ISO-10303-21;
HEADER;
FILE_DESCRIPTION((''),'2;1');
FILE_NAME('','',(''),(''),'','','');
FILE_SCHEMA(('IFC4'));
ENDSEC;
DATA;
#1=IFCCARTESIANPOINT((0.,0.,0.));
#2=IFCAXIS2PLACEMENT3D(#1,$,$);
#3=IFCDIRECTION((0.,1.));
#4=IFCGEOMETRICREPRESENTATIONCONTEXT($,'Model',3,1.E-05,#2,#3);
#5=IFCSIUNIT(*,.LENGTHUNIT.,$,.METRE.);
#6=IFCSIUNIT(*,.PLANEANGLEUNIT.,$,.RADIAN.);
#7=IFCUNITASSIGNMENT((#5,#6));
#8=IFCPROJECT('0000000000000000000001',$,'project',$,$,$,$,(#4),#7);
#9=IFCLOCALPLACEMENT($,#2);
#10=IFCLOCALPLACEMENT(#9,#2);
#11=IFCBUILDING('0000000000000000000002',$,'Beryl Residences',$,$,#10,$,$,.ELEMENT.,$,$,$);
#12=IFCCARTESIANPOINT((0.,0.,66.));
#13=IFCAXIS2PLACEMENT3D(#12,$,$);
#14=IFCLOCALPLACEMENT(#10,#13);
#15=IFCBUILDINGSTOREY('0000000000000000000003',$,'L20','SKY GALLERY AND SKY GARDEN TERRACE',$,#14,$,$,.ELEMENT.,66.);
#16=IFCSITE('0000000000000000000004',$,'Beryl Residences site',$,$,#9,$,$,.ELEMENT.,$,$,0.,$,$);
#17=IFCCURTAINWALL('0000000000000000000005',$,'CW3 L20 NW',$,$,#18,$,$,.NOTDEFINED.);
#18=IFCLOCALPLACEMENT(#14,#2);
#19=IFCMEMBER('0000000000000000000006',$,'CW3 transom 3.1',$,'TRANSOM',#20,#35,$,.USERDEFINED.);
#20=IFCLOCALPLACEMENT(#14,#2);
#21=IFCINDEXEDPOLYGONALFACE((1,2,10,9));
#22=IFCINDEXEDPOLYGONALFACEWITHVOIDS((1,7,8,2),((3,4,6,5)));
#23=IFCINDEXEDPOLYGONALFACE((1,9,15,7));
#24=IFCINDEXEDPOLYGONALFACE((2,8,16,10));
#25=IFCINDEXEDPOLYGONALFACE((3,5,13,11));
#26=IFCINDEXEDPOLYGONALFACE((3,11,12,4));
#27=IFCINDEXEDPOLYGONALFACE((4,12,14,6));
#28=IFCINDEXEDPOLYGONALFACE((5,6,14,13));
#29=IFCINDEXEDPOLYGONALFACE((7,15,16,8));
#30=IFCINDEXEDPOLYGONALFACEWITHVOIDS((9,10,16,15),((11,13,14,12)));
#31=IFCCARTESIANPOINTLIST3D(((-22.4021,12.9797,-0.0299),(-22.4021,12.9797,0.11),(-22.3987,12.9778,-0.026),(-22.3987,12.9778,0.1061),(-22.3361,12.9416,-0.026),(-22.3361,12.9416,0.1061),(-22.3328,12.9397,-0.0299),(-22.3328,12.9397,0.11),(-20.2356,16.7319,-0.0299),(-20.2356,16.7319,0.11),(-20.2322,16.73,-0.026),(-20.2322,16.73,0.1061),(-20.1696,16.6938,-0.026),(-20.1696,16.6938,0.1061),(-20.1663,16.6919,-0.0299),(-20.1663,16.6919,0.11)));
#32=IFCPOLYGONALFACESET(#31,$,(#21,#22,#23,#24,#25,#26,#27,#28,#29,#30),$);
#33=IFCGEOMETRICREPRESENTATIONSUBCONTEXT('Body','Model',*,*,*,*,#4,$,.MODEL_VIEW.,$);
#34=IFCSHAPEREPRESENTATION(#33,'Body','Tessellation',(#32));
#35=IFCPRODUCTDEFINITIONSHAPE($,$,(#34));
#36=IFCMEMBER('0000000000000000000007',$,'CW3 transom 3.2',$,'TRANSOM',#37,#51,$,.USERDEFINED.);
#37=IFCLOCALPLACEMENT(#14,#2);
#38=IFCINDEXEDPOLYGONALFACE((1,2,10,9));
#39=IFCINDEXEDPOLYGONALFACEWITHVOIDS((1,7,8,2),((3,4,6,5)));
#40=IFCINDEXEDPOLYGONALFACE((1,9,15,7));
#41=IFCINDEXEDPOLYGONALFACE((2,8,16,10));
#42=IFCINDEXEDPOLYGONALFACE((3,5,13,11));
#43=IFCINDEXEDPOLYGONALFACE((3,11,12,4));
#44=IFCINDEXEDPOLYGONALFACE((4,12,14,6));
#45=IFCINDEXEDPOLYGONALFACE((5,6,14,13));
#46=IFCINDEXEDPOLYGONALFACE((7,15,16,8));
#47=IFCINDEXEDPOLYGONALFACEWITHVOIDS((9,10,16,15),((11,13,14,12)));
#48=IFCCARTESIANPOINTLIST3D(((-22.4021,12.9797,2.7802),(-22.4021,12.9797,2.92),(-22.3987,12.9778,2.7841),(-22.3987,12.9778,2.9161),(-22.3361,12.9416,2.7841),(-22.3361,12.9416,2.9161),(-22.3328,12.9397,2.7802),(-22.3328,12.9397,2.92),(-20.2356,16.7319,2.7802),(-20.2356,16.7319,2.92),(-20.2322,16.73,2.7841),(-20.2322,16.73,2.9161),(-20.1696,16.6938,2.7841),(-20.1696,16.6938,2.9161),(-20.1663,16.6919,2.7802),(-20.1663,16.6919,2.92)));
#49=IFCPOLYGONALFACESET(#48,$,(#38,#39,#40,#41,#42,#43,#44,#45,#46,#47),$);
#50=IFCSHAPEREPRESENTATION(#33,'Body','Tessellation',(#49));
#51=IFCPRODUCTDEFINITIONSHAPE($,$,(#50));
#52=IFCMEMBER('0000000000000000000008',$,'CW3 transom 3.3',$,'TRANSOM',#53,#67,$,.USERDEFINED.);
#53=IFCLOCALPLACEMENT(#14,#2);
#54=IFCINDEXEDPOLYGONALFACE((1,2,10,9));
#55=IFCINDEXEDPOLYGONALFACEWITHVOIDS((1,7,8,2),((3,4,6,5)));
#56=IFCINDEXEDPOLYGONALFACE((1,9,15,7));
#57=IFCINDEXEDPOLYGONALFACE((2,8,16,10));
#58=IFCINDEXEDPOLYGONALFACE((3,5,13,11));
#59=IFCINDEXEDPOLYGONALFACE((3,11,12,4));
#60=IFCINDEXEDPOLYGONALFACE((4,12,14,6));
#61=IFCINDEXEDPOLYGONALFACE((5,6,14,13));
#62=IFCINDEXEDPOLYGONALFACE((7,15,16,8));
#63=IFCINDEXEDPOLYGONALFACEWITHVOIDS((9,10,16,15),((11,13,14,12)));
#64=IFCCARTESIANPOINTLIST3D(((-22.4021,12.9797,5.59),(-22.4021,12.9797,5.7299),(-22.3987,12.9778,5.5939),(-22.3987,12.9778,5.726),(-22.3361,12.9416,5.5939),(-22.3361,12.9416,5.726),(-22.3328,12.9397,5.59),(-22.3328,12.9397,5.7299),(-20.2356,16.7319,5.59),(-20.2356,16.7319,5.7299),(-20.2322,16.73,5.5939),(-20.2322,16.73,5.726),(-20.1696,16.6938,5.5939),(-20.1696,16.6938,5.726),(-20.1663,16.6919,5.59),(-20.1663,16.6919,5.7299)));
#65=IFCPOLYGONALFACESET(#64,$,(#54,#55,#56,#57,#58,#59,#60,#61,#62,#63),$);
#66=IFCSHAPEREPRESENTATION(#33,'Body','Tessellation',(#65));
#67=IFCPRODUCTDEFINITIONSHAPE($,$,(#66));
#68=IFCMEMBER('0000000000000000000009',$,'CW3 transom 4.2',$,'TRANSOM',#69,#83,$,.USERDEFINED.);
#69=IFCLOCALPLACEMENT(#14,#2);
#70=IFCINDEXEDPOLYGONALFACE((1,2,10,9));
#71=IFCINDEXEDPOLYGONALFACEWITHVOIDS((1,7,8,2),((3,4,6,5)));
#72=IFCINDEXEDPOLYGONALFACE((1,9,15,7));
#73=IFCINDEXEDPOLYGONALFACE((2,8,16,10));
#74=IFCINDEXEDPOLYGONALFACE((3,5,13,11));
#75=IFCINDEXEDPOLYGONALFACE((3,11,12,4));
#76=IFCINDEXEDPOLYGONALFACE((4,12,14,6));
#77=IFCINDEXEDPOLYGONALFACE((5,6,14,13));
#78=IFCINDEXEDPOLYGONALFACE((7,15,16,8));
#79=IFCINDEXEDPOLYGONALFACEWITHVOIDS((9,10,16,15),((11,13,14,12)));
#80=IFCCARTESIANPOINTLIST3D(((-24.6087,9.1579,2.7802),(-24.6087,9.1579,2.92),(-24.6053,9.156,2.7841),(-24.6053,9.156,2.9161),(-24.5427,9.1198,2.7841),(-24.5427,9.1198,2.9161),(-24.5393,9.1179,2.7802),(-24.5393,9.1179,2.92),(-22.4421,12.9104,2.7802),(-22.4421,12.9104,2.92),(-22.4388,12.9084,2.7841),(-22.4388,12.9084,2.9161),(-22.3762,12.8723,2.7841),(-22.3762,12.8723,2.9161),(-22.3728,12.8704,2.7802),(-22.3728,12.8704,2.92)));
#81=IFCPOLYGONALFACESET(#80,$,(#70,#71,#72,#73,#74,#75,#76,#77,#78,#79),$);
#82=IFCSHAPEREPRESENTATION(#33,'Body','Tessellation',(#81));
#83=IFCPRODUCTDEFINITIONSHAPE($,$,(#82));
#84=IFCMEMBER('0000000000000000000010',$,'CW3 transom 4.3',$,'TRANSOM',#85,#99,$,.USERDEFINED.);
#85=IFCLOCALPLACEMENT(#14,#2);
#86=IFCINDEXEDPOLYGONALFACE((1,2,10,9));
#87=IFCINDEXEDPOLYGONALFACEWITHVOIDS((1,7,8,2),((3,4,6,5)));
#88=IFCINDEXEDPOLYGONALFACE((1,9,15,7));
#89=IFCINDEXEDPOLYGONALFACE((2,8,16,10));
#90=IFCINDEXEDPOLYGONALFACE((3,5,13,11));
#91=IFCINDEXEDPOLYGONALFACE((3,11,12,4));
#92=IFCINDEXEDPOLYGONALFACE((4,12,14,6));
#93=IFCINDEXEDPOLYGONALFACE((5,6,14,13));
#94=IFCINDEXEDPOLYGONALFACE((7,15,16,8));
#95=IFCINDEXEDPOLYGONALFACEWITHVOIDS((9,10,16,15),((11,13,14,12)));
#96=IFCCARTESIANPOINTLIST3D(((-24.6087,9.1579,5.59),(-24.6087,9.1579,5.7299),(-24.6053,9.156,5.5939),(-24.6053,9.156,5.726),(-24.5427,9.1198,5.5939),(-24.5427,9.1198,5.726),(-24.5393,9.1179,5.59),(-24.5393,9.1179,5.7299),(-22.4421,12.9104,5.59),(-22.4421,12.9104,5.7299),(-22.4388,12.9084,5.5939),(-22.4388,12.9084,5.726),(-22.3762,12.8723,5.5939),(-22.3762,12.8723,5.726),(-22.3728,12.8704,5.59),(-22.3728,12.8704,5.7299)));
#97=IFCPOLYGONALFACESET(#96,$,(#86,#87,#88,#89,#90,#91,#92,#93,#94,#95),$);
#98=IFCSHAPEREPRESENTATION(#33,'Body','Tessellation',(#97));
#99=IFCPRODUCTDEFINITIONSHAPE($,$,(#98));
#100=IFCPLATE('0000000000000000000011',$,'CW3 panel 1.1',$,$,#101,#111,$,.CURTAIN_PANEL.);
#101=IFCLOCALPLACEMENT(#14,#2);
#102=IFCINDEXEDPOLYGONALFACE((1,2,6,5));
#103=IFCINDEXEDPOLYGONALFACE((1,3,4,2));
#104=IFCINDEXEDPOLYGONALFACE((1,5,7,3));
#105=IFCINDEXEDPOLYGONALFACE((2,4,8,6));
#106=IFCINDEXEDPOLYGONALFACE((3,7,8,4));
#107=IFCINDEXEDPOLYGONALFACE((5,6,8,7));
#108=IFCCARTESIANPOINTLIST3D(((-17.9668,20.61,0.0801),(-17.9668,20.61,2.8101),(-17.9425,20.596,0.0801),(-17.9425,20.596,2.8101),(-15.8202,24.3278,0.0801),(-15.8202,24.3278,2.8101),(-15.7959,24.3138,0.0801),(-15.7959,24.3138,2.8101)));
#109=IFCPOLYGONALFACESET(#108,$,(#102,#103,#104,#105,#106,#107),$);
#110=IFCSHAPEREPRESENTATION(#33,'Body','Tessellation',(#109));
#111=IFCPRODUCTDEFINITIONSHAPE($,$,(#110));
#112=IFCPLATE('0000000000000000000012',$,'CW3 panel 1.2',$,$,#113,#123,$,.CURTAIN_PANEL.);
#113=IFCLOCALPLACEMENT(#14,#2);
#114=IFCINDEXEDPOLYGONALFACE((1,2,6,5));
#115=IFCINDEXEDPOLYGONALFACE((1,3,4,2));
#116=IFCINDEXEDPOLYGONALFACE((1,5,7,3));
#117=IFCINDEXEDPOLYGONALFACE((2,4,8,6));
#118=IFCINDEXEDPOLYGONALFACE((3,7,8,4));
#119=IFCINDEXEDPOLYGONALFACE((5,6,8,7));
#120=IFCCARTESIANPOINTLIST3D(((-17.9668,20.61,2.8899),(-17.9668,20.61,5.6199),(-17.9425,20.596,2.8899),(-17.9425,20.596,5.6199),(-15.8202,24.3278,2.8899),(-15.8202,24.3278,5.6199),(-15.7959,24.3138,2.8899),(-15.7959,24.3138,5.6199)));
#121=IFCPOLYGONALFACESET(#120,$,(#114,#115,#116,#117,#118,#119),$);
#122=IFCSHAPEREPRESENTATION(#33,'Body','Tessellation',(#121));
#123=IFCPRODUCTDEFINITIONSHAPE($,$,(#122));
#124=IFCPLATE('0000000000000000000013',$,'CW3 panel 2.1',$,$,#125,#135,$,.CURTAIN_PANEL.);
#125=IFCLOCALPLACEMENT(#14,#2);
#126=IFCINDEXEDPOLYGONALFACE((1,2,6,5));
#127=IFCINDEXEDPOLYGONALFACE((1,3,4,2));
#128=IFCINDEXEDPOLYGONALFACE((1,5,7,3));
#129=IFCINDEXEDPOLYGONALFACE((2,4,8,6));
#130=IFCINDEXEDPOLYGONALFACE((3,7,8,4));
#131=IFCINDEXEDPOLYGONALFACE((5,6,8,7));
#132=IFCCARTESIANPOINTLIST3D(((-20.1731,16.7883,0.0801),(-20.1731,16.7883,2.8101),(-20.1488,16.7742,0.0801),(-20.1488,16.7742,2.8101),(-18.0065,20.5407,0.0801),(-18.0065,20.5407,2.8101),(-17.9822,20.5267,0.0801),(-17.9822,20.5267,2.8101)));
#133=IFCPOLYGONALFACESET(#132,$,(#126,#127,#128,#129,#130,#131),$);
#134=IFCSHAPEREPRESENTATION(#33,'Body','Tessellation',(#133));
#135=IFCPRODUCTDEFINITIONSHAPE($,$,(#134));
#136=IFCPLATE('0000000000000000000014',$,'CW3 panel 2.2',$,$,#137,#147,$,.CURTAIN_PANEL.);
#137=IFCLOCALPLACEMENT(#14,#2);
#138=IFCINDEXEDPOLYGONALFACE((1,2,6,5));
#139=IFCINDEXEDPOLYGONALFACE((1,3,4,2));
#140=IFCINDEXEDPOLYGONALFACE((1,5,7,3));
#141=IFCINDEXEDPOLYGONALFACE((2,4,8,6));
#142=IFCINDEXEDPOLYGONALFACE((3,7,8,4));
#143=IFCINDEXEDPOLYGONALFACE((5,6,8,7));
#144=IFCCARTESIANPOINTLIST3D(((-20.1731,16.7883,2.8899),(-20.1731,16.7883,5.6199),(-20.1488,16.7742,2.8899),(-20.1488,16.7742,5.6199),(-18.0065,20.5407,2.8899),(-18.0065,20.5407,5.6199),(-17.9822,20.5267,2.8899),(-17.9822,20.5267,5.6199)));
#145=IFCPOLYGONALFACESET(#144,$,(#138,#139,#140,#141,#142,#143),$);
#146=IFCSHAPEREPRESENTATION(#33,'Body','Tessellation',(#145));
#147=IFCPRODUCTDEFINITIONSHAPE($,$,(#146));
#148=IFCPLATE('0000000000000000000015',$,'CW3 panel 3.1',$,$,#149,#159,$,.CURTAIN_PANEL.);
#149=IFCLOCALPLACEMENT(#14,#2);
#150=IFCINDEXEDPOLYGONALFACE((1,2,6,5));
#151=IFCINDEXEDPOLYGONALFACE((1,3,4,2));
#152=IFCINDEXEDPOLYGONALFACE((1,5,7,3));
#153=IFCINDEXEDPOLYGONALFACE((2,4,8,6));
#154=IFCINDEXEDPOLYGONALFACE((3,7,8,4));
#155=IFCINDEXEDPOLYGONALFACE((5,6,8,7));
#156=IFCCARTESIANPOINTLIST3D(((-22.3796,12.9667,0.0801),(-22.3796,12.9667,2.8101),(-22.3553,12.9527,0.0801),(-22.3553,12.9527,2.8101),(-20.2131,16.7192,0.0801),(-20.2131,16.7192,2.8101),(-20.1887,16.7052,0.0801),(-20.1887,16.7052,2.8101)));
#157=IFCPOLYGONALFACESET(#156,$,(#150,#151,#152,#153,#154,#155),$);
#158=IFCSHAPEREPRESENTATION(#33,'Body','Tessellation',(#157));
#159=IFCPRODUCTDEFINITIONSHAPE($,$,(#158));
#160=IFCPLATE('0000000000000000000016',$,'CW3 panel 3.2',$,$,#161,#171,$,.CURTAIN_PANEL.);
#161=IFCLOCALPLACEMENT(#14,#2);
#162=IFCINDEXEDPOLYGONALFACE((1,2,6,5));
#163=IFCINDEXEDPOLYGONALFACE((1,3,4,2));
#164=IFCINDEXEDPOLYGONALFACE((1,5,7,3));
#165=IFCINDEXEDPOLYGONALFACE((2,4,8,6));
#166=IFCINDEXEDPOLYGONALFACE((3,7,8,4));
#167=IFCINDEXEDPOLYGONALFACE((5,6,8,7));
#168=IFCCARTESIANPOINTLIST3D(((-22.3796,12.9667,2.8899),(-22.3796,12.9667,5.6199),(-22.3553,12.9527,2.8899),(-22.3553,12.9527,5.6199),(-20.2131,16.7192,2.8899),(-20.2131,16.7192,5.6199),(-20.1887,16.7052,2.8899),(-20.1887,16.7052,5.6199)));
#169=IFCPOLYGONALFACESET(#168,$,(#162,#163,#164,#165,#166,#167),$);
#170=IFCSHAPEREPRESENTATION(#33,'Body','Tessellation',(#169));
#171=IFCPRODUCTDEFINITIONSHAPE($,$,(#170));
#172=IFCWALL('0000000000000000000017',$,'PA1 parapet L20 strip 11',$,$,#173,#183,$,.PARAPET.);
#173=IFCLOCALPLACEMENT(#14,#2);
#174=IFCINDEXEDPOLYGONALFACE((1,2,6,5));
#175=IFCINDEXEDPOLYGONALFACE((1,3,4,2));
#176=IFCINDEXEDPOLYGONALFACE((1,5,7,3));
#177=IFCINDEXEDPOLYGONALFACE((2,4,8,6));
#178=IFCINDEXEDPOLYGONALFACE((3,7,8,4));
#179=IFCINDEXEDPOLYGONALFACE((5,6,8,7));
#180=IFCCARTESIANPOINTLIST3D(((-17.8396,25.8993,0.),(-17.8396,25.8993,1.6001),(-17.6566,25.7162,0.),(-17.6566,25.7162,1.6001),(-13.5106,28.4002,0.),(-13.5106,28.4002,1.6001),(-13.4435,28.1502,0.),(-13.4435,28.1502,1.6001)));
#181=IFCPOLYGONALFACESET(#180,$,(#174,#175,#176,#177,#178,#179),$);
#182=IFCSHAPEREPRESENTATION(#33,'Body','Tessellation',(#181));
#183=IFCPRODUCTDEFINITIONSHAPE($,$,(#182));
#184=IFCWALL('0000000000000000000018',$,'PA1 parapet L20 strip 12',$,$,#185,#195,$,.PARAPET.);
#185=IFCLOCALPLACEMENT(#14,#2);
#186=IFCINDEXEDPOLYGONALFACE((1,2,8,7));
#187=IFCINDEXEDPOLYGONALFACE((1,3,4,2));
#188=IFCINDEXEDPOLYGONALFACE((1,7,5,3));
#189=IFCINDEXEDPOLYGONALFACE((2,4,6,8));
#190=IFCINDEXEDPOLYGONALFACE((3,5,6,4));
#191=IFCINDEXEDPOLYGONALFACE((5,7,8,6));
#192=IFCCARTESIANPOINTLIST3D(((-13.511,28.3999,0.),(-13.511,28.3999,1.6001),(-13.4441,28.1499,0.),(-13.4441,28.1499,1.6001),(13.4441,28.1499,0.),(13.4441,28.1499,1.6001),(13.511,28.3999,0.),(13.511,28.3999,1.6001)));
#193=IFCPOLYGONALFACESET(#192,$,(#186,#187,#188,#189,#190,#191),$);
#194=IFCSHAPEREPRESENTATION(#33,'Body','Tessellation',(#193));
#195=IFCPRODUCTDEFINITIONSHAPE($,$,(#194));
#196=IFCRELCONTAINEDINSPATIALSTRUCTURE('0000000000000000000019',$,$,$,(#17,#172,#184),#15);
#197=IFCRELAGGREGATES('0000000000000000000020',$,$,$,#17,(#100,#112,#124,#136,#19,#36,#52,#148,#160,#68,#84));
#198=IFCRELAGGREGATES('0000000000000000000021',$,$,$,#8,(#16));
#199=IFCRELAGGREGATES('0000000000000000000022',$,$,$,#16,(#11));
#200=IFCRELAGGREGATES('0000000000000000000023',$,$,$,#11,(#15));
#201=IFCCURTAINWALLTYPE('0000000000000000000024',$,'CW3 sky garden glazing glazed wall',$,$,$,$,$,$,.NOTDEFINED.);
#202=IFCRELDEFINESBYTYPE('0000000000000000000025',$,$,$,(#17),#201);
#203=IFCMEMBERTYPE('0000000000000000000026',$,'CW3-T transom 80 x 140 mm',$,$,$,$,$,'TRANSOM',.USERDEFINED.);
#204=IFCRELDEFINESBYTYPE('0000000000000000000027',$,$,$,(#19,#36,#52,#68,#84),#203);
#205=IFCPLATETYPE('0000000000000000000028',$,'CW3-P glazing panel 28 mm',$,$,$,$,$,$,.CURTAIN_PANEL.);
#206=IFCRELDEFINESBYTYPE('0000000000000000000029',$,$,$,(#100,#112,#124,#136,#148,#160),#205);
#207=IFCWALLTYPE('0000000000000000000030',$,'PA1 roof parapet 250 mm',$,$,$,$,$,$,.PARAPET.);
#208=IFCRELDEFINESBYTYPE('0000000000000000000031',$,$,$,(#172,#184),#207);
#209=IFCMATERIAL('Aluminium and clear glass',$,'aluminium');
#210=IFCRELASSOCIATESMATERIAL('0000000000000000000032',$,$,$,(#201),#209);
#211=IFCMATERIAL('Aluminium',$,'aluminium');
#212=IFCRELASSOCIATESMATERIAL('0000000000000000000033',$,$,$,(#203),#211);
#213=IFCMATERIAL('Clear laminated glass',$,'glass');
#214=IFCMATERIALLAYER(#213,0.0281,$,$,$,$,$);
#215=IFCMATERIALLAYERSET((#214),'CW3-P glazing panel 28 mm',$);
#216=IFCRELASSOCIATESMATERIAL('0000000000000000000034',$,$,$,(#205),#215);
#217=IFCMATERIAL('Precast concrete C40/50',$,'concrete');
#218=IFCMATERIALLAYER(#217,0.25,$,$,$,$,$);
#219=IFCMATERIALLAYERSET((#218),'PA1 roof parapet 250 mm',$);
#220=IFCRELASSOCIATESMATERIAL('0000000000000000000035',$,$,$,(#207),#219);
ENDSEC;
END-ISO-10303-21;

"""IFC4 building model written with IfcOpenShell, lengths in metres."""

from ifc_helpers import new_model, si_unit, direction, frame, origin, origin_2d, place, context, subcontext, project, spatial, polyline, rectangle, hollow_rectangle, outline, extrude, material, layer, layer_set, material_profile, profile_set, type_object, element, aggregate, save


model = new_model("IFC4")

# Units and contexts
model_context = context("Model", 3, precision=1e-05, world=origin(), true_north=direction((0.0, 1.0)))
body_context = subcontext(model_context, "Body", "Model", "MODEL_VIEW")
ifc_project = project(units=[si_unit("LENGTHUNIT", "METRE"), si_unit("PLANEANGLEUNIT", "RADIAN")], contexts=[model_context])

# Site, building, storey
site_placement = place(None, origin())
site = spatial("IfcSite", under=ifc_project, at=site_placement, Name="Beryl Residences site", CompositionType="ELEMENT", RefElevation=0.0)
building_placement = place(site_placement, origin())
building = spatial("IfcBuilding", under=site, at=building_placement, Name="Beryl Residences", CompositionType="ELEMENT")
storey_placement = place(building_placement, frame((0.0, 0.0, 66.0)))
storey = spatial("IfcBuildingStorey", under=building, at=storey_placement, Name="L20", Description="SKY GALLERY AND SKY GARDEN TERRACE", CompositionType="ELEMENT", Elevation=66.0)

# Curtain wall, members, plates
ifc_material_1 = material(Name="Aluminium and clear glass", Category="aluminium")
curtain_wall_type = type_object("IfcCurtainWallType", Name="CW3 sky garden glazing glazed wall", PredefinedType="NOTDEFINED", material=ifc_material_1)
curtain_wall_placement = place(storey_placement, origin())
curtain_wall = element("IfcCurtainWall", 1, at=curtain_wall_placement, inside=storey, type_object=curtain_wall_type, Name="CW3 L20 NW", PredefinedType="NOTDEFINED")
ifc_material_2 = material(Name="Aluminium", Category="aluminium")
ifc_material_profile_1 = material_profile(ifc_material_2, hollow_rectangle(XDim=0.0801, YDim=0.1399, WallThickness=0.0039, at=origin_2d()))
ifc_profile_set_1 = profile_set([ifc_material_profile_1], Name="Aluminium")
member_type_1 = type_object("IfcMemberType", Name="CW3-T transom 80 x 140 mm", ElementType="TRANSOM", PredefinedType="USERDEFINED", material=ifc_profile_set_1)
member_1_placement = place(storey_placement, frame((-20.2009, 16.7119, 0.04), z_axis=(-0.50003, -0.866008, 0.0), x_axis=(0.866008, -0.50003, 0.0)))
member_1 = element("IfcMember", 2, at=member_1_placement, type_object=member_type_1, Name="CW3 transom 3.1", ObjectType="TRANSOM", PredefinedType="USERDEFINED", context=body_context, shape_type="SweptSolid", body=[
    extrude(hollow_rectangle(XDim=0.0801, YDim=0.1399, WallThickness=0.0039, at=origin_2d()), origin(), (0.0, 0.0, 1.0), 4.3328),
])
member_2_placement = place(storey_placement, frame((-20.2009, 16.7119, 2.8501), z_axis=(-0.50003, -0.866008, 0.0), x_axis=(0.866008, -0.50003, 0.0)))
member_2 = element("IfcMember", 3, at=member_2_placement, type_object=member_type_1, Name="CW3 transom 3.2", ObjectType="TRANSOM", PredefinedType="USERDEFINED", context=body_context, shape_type="SweptSolid", body=[
    extrude(hollow_rectangle(XDim=0.0801, YDim=0.1399, WallThickness=0.0039, at=origin_2d()), origin(), (0.0, 0.0, 1.0), 4.3328),
])
member_3_placement = place(storey_placement, frame((-20.2009, 16.7119, 5.6599), z_axis=(-0.50003, -0.866008, 0.0), x_axis=(0.866008, -0.50003, 0.0)))
member_3 = element("IfcMember", 4, at=member_3_placement, type_object=member_type_1, Name="CW3 transom 3.3", ObjectType="TRANSOM", PredefinedType="USERDEFINED", context=body_context, shape_type="SweptSolid", body=[
    extrude(hollow_rectangle(XDim=0.0801, YDim=0.1399, WallThickness=0.0039, at=origin_2d()), origin(), (0.0, 0.0, 1.0), 4.3328),
])
member_4_placement = place(storey_placement, frame((-22.4075, 12.8904, 2.8501), z_axis=(-0.500005, -0.866022, 0.0), x_axis=(0.866022, -0.500005, 0.0)))
member_4 = element("IfcMember", 5, at=member_4_placement, type_object=member_type_1, Name="CW3 transom 4.2", ObjectType="TRANSOM", PredefinedType="USERDEFINED", context=body_context, shape_type="SweptSolid", body=[
    extrude(hollow_rectangle(XDim=0.0801, YDim=0.1399, WallThickness=0.0039, at=origin_2d()), origin(), (0.0, 0.0, 1.0), 4.333),
])
member_5_placement = place(storey_placement, frame((-22.4075, 12.8904, 5.6599), z_axis=(-0.500005, -0.866022, 0.0), x_axis=(0.866022, -0.500005, 0.0)))
member_5 = element("IfcMember", 6, at=member_5_placement, type_object=member_type_1, Name="CW3 transom 4.3", ObjectType="TRANSOM", PredefinedType="USERDEFINED", context=body_context, shape_type="SweptSolid", body=[
    extrude(hollow_rectangle(XDim=0.0801, YDim=0.1399, WallThickness=0.0039, at=origin_2d()), origin(), (0.0, 0.0, 1.0), 4.333),
])
ifc_material_3 = material(Name="Clear laminated glass", Category="glass")
ifc_layer_1 = layer(ifc_material_3, 0.0281)
ifc_layer_set_1 = layer_set([ifc_layer_1], Name="CW3-P glazing panel 28 mm")
plate_type = type_object("IfcPlateType", Name="CW3-P glazing panel 28 mm", PredefinedType="CURTAIN_PANEL", material=ifc_layer_set_1)
plate_1_placement = place(storey_placement, frame((-16.8813, 22.4619, 0.0801), z_axis=(0.0, 0.0, 1.0), x_axis=(-0.50001, -0.86602, 0.0)))
plate_1 = element("IfcPlate", 7, at=plate_1_placement, type_object=plate_type, Name="CW3 panel 1.1", PredefinedType="CURTAIN_PANEL", context=body_context, shape_type="SweptSolid", body=[
    extrude(rectangle(XDim=4.293, YDim=0.0281, at=origin_2d()), origin(), (0.0, 0.0, 1.0), 2.73),
])
plate_2_placement = place(storey_placement, frame((-16.8813, 22.4619, 2.8899), z_axis=(0.0, 0.0, 1.0), x_axis=(-0.50001, -0.86602, 0.0)))
plate_2 = element("IfcPlate", 8, at=plate_2_placement, type_object=plate_type, Name="CW3 panel 1.2", PredefinedType="CURTAIN_PANEL", context=body_context, shape_type="SweptSolid", body=[
    extrude(rectangle(XDim=4.293, YDim=0.0281, at=origin_2d()), origin(), (0.0, 0.0, 1.0), 2.73),
])
plate_3_placement = place(storey_placement, frame((-19.0776, 18.6575, 0.0801), z_axis=(0.0, 0.0, 1.0), x_axis=(-0.50001, -0.86602, 0.0)))
plate_3 = element("IfcPlate", 9, at=plate_3_placement, type_object=plate_type, Name="CW3 panel 2.1", PredefinedType="CURTAIN_PANEL", context=body_context, shape_type="SweptSolid", body=[
    extrude(rectangle(XDim=4.333, YDim=0.0281, at=origin_2d()), origin(), (0.0, 0.0, 1.0), 2.73),
])
plate_4_placement = place(storey_placement, frame((-19.0776, 18.6575, 2.8899), z_axis=(0.0, 0.0, 1.0), x_axis=(-0.50001, -0.86602, 0.0)))
plate_4 = element("IfcPlate", 10, at=plate_4_placement, type_object=plate_type, Name="CW3 panel 2.2", PredefinedType="CURTAIN_PANEL", context=body_context, shape_type="SweptSolid", body=[
    extrude(rectangle(XDim=4.333, YDim=0.0281, at=origin_2d()), origin(), (0.0, 0.0, 1.0), 2.73),
])
plate_5_placement = place(storey_placement, frame((-21.2842, 14.8359, 0.0801), z_axis=(0.0, 0.0, 1.0), x_axis=(-0.50001, -0.86602, 0.0)))
plate_5 = element("IfcPlate", 11, at=plate_5_placement, type_object=plate_type, Name="CW3 panel 3.1", PredefinedType="CURTAIN_PANEL", context=body_context, shape_type="SweptSolid", body=[
    extrude(rectangle(XDim=4.333, YDim=0.0281, at=origin_2d()), origin(), (0.0, 0.0, 1.0), 2.73),
])
plate_6_placement = place(storey_placement, frame((-21.2842, 14.8359, 2.8899), z_axis=(0.0, 0.0, 1.0), x_axis=(-0.50001, -0.86602, 0.0)))
plate_6 = element("IfcPlate", 12, at=plate_6_placement, type_object=plate_type, Name="CW3 panel 3.2", PredefinedType="CURTAIN_PANEL", context=body_context, shape_type="SweptSolid", body=[
    extrude(rectangle(XDim=4.333, YDim=0.0281, at=origin_2d()), origin(), (0.0, 0.0, 1.0), 2.73),
])
aggregate(curtain_wall, [plate_1, plate_2, plate_3, plate_4, member_1, member_2, member_3, plate_5, plate_6, member_4, member_5])

# Walls
ifc_material_4 = material(Name="Precast concrete C40/50", Category="concrete")
ifc_layer_2 = layer(ifc_material_4, 0.25)
ifc_layer_set_2 = layer_set([ifc_layer_2], Name="PA1 roof parapet 250 mm")
wall_type_1 = type_object("IfcWallType", Name="PA1 roof parapet 250 mm", PredefinedType="PARAPET", material=ifc_layer_set_2)
wall_1_placement = place(storey_placement, frame((-17.7771, 25.791, 0.0), z_axis=(0.0, 0.0, 1.0), x_axis=(0.86589, 0.500235, 0.0)))
element("IfcWall", 13, at=wall_1_placement, inside=storey, type_object=wall_type_1, Name="PA1 parapet L20 strip 11", PredefinedType="PARAPET", context=body_context, shape_type="SweptSolid", body=[
    extrude(outline(polyline([(0.0669, -0.125), (4.9326, -0.125), (4.9995, 0.125), (0.0, 0.125), (0.0669, -0.125)])), origin(), (0.0, 0.0, 1.0), 1.6001),
])
wall_2_placement = place(storey_placement, frame((-13.511, 28.2749, 0.0), z_axis=(0.0, 0.0, 1.0), x_axis=(1.0, 0.0, 0.0)))
element("IfcWall", 14, at=wall_2_placement, inside=storey, type_object=wall_type_1, Name="PA1 parapet L20 strip 12", PredefinedType="PARAPET", context=body_context, shape_type="SweptSolid", body=[
    extrude(outline(polyline([(0.0669, -0.125), (26.9551, -0.125), (27.022, 0.125), (0.0, 0.125), (0.0669, -0.125)])), origin(), (0.0, 0.0, 1.0), 1.6001),
])

save(model, "model.ifc")
